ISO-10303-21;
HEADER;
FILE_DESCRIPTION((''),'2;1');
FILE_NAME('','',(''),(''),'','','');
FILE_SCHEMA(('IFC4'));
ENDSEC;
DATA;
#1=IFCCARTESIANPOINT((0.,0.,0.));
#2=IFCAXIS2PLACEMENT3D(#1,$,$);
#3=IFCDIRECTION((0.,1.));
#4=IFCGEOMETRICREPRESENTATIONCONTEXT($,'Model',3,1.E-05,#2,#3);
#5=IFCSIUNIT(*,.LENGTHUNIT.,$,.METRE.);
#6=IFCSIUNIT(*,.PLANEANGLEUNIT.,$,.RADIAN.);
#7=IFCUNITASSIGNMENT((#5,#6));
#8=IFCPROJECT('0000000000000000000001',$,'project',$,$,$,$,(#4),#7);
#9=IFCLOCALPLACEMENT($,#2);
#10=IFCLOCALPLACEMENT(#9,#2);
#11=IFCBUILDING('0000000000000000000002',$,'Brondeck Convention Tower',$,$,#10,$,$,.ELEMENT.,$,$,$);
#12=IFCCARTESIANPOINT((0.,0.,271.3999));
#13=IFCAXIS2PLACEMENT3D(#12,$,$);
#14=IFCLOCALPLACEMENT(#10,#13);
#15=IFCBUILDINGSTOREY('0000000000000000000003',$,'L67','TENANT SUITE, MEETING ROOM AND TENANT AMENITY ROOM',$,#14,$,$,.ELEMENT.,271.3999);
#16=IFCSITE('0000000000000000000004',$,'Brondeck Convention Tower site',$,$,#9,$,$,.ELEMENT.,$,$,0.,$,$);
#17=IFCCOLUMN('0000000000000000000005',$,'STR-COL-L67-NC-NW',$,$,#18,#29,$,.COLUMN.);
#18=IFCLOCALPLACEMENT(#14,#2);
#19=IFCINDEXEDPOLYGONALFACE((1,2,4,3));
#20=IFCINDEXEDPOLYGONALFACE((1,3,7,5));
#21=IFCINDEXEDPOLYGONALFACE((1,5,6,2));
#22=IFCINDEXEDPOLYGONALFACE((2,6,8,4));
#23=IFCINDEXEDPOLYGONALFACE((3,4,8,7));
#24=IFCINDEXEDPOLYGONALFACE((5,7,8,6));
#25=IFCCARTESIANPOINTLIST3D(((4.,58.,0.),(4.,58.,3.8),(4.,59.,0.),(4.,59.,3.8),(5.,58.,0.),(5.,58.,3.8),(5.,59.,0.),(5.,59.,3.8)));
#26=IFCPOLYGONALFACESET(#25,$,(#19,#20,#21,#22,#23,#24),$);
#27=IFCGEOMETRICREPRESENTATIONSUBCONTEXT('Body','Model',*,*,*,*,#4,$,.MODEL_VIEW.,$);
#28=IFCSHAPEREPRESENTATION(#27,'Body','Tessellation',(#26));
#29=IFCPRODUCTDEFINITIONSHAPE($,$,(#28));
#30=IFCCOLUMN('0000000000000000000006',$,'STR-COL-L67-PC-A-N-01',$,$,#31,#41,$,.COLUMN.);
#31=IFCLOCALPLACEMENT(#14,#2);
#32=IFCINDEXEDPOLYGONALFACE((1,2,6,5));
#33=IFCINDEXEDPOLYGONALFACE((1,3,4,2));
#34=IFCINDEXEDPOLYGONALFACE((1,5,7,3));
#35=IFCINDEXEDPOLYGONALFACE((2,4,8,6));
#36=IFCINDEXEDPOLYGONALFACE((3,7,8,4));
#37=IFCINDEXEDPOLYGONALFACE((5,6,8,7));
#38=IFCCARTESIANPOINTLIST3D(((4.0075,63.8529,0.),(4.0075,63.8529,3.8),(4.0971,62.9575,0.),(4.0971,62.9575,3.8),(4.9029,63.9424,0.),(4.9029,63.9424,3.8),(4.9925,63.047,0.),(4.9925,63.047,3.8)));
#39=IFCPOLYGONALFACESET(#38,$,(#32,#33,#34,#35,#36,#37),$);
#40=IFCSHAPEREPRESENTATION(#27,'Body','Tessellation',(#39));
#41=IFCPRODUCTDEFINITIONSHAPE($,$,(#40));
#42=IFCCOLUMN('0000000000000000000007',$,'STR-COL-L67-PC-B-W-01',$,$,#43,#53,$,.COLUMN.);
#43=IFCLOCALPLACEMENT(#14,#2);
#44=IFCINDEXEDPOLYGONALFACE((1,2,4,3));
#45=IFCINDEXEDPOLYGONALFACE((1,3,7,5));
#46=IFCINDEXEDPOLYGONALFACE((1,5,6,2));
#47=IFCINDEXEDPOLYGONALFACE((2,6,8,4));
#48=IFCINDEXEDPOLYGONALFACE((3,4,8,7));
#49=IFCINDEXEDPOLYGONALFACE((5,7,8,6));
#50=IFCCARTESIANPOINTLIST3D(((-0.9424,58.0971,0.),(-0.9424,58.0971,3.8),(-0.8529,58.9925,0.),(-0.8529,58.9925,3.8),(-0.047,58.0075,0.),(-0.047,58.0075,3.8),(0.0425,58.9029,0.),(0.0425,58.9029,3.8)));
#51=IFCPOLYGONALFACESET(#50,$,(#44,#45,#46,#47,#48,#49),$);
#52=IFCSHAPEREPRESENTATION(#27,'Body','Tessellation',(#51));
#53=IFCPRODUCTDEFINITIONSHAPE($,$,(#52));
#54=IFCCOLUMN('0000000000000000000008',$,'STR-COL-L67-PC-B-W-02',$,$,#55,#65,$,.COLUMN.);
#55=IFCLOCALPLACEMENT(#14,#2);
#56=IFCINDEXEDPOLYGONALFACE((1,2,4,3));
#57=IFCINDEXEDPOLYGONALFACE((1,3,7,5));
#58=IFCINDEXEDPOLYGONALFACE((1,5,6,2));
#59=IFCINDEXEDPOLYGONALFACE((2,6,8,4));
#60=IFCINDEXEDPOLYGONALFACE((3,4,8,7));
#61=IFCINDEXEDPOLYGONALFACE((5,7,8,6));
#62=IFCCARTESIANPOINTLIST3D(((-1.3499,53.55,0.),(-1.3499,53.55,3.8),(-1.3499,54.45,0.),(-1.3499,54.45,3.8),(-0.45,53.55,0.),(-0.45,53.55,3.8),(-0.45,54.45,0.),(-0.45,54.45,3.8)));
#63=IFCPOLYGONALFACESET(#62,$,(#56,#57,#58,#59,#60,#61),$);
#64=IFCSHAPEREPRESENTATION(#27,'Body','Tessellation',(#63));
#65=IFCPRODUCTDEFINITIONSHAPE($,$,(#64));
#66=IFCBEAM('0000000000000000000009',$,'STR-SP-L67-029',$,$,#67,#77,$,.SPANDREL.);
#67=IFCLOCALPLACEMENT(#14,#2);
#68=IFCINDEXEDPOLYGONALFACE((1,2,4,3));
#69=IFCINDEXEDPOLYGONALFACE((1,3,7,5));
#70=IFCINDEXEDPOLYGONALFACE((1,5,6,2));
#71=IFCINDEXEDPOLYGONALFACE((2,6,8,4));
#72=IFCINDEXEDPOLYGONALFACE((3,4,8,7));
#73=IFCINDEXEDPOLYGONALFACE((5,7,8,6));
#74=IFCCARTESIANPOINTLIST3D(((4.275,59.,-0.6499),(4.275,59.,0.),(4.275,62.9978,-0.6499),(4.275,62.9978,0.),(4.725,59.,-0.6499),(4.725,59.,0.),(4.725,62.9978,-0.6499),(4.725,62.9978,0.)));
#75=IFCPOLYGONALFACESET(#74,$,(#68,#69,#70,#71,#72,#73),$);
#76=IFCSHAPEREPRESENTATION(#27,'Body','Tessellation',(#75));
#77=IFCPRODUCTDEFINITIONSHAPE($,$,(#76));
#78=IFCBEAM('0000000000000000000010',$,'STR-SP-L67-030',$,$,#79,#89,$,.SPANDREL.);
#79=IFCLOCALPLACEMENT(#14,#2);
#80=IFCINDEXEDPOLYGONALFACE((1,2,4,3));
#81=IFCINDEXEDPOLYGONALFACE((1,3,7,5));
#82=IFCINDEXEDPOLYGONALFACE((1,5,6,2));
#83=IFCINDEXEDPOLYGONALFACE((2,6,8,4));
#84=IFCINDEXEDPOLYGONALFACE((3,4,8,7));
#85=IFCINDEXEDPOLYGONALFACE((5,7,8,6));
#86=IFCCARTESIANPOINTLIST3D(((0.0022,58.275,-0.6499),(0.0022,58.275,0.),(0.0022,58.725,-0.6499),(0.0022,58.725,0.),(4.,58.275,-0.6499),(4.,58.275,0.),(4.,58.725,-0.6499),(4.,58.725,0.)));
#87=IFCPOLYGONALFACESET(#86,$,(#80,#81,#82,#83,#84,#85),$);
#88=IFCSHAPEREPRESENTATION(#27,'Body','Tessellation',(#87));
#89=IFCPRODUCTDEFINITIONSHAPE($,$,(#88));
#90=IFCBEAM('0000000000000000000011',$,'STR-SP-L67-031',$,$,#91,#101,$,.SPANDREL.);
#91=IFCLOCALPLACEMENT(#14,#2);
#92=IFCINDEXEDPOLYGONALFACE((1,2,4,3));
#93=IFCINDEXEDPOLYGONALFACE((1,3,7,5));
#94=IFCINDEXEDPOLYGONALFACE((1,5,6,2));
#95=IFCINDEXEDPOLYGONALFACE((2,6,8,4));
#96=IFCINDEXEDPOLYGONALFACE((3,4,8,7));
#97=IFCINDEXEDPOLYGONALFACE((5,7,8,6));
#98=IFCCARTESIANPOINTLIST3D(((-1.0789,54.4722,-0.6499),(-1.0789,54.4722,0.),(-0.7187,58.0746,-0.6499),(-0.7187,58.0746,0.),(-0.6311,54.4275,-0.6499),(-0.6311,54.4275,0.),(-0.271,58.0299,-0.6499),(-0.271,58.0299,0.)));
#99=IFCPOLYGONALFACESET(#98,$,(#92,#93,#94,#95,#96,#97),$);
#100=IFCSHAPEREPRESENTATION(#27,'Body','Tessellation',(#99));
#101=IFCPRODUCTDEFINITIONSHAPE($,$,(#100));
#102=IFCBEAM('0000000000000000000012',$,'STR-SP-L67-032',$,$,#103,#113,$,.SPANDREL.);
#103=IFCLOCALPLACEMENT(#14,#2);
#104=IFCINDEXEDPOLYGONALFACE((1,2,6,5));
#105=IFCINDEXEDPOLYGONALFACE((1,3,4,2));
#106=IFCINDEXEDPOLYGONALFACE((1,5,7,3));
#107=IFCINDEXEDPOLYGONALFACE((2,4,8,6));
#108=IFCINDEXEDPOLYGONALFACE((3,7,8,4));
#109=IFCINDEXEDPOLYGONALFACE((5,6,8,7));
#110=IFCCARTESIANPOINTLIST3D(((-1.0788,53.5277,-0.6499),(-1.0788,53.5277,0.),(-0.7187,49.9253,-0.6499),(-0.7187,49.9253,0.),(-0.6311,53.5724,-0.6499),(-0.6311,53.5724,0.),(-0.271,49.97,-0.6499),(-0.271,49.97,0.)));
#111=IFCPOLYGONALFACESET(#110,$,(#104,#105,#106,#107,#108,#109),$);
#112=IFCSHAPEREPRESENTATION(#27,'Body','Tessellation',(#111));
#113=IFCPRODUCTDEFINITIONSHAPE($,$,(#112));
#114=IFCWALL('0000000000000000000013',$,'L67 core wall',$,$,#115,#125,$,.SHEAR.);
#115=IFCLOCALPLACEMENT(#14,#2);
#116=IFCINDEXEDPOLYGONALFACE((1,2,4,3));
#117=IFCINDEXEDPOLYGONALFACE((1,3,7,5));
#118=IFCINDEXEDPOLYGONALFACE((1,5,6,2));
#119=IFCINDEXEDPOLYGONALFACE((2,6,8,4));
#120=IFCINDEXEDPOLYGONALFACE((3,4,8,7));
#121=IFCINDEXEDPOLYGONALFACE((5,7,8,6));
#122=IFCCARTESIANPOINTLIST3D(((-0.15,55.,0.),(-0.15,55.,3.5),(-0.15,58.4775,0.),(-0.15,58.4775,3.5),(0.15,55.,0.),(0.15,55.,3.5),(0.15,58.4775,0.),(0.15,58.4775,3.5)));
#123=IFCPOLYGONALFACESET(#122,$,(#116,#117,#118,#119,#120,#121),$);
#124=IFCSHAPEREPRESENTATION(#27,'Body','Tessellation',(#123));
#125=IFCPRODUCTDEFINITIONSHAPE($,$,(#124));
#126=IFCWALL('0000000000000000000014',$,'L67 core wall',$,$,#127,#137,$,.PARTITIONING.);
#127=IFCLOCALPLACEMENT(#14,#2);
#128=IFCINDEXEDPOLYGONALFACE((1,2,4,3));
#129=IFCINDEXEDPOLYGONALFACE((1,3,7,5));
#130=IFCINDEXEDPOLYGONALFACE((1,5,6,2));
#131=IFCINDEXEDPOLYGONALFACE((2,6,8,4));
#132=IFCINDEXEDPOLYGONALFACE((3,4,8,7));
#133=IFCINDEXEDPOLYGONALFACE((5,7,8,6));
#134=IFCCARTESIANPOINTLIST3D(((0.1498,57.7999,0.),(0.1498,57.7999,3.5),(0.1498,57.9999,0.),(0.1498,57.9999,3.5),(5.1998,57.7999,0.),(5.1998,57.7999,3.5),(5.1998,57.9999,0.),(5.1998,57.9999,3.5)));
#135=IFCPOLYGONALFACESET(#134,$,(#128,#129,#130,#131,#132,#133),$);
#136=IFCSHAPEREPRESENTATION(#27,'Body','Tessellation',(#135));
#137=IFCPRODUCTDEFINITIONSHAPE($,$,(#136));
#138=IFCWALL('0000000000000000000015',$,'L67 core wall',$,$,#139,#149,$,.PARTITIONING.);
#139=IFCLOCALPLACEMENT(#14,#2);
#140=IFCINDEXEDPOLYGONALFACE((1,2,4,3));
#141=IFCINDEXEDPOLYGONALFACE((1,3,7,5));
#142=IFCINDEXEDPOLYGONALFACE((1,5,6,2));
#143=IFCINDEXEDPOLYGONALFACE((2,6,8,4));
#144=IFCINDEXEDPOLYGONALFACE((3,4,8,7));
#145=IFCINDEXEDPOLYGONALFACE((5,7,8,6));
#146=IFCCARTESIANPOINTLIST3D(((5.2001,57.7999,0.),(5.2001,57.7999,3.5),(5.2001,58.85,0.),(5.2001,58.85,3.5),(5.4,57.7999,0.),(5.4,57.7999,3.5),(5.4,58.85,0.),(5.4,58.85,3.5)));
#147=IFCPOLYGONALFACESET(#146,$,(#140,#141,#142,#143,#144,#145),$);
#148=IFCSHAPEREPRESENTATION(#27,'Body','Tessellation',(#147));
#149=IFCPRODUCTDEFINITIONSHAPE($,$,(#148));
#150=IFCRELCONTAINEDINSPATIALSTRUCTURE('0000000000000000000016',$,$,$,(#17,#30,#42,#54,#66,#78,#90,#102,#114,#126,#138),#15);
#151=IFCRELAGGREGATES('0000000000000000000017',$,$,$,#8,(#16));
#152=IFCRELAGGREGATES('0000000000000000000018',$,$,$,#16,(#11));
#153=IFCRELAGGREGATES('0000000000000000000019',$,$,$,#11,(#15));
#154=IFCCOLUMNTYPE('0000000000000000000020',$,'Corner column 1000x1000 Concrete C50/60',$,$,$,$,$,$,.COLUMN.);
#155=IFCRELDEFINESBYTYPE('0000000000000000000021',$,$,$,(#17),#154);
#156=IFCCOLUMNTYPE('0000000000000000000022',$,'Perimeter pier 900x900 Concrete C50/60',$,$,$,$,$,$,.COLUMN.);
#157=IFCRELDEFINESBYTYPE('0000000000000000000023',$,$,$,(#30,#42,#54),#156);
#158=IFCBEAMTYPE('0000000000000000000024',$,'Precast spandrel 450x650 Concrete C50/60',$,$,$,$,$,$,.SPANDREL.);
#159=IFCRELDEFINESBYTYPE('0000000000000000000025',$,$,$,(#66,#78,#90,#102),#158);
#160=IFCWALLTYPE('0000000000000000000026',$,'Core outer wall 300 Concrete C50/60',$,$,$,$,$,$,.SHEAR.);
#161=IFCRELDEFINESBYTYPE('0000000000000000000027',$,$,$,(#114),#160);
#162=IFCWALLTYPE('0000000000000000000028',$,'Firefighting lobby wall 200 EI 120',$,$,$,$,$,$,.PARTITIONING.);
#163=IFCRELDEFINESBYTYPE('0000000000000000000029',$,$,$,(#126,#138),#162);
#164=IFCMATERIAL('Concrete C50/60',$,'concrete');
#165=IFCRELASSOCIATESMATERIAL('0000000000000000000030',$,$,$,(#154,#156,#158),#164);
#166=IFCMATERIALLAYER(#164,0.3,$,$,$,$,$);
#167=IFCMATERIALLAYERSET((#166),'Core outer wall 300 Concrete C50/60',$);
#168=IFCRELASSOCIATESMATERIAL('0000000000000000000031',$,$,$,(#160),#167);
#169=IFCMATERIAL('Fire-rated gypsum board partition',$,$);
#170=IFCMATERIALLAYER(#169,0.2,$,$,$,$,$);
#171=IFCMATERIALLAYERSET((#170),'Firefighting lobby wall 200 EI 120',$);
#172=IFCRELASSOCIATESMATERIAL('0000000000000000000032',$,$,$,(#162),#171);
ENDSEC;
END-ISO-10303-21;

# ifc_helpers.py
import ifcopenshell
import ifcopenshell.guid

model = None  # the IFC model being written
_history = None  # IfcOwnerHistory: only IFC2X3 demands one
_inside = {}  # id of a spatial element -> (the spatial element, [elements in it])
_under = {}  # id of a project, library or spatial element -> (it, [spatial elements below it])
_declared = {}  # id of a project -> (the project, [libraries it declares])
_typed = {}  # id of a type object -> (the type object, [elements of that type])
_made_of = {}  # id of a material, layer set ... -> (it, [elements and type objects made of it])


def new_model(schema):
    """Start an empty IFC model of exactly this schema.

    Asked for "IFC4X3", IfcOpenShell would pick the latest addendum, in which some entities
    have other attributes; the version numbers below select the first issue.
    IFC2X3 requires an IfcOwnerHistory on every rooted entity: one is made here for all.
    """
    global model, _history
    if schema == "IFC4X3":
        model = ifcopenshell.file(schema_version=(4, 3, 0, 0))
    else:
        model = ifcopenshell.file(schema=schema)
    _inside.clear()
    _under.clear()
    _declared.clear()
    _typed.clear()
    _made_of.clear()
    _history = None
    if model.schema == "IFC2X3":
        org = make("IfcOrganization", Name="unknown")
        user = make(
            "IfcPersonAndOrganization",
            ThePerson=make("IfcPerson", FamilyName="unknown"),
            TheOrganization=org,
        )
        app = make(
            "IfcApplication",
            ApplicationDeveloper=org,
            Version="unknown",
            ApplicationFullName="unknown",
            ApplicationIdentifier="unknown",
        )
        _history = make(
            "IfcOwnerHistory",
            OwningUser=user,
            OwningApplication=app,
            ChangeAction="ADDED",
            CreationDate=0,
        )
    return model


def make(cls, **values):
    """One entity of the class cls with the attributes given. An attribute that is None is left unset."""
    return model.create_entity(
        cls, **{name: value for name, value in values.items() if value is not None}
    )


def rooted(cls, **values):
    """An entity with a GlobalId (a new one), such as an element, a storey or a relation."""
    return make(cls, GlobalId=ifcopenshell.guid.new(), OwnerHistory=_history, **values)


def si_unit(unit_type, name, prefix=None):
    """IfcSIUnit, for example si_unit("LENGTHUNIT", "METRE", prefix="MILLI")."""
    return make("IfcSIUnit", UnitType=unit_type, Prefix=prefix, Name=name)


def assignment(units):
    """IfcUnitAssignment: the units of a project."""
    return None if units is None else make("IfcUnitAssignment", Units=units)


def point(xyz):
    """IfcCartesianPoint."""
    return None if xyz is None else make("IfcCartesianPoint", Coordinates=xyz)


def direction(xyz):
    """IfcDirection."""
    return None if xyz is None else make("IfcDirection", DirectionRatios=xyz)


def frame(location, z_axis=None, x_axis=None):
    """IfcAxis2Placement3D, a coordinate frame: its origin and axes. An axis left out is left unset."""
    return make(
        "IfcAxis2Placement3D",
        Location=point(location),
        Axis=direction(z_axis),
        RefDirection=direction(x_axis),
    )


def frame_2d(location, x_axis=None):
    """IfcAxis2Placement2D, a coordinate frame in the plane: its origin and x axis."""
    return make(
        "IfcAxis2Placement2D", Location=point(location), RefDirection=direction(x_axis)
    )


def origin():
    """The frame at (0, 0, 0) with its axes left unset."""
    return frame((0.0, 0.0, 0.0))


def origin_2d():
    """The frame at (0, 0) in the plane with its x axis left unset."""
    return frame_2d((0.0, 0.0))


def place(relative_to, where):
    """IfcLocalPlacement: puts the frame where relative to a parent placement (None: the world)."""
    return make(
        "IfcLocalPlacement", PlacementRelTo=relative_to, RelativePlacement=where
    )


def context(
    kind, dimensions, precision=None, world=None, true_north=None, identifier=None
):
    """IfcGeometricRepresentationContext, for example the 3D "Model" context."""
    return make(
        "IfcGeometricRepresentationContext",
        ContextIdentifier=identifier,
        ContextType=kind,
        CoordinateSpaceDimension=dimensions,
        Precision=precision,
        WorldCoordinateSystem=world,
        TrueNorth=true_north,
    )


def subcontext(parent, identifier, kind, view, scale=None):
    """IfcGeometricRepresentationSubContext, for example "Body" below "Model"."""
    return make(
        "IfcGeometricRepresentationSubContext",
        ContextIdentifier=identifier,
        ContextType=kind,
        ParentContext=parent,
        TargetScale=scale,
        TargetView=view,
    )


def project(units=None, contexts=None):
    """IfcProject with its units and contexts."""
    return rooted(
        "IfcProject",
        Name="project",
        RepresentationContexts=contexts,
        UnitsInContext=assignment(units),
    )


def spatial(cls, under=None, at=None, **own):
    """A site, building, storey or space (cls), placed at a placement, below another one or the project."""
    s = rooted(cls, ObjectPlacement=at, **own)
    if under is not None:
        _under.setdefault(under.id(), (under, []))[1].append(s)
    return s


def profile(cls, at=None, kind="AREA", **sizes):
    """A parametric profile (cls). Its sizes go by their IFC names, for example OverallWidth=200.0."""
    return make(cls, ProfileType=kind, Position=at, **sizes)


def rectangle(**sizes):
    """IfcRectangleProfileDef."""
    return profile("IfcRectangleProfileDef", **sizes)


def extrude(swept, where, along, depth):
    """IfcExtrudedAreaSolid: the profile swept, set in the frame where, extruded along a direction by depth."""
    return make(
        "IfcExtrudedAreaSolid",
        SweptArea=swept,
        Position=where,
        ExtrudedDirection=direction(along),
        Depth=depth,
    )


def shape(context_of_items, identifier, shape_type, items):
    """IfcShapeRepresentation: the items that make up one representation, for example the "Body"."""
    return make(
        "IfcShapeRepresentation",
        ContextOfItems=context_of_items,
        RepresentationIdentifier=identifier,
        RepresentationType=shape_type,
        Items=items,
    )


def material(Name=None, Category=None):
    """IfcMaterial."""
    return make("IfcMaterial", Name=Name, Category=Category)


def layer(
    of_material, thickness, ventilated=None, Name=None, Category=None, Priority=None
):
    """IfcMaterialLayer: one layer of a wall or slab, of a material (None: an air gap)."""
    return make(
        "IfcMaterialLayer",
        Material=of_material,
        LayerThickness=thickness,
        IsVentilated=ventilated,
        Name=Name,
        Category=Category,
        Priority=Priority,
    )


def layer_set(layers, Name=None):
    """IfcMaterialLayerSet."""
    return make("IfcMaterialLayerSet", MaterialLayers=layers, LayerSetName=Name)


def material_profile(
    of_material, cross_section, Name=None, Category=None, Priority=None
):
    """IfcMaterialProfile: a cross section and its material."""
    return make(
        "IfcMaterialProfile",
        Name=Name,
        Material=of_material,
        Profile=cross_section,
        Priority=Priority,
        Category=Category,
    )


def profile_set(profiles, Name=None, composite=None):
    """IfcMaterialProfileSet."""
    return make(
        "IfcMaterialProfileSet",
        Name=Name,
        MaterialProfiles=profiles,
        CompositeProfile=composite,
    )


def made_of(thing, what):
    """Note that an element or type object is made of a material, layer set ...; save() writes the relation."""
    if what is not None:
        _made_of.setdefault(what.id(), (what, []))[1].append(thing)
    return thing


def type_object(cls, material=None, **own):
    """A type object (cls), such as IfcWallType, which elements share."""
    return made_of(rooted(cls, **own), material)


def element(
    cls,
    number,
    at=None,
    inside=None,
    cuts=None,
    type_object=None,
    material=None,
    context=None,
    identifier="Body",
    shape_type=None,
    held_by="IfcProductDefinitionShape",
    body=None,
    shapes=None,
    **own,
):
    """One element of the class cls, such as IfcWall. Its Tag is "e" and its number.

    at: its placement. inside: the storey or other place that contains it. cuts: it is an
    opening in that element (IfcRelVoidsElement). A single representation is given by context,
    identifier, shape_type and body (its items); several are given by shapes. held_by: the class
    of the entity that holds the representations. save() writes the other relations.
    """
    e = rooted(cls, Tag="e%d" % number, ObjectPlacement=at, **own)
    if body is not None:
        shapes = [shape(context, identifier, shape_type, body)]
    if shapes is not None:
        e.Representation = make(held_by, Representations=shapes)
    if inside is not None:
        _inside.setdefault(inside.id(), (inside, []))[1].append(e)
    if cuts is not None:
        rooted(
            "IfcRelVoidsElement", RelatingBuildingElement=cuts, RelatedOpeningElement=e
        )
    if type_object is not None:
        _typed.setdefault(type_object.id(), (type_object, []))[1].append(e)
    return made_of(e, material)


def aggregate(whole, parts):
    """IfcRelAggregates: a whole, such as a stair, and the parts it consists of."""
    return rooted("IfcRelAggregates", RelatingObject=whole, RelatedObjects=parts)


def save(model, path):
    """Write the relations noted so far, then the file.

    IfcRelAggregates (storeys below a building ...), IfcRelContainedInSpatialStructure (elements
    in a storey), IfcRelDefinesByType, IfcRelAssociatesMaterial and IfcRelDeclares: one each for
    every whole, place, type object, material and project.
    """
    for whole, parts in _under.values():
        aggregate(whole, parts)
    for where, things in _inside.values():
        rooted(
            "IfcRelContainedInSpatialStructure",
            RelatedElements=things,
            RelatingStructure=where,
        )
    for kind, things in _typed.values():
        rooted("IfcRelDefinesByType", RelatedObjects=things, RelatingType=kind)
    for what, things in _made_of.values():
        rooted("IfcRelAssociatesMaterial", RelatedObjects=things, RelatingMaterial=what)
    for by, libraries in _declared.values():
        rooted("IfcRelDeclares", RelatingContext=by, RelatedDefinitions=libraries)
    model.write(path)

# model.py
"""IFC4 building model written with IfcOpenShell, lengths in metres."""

from ifc_helpers import new_model, si_unit, direction, frame, frame_2d, origin, origin_2d, place, context, subcontext, project, spatial, rectangle, extrude, material, layer, layer_set, material_profile, profile_set, type_object, element, save


model = new_model("IFC4")

# Units and contexts
model_context = context("Model", 3, precision=1e-05, world=origin(), true_north=direction((0.0, 1.0)))
body_context = subcontext(model_context, "Body", "Model", "MODEL_VIEW")
ifc_project = project(units=[si_unit("LENGTHUNIT", "METRE"), si_unit("PLANEANGLEUNIT", "RADIAN")], contexts=[model_context])

# Site, building, storey
site_placement = place(None, origin())
site = spatial("IfcSite", under=ifc_project, at=site_placement, Name="Brondeck Convention Tower site", CompositionType="ELEMENT", RefElevation=0.0)
building_placement = place(site_placement, origin())
building = spatial("IfcBuilding", under=site, at=building_placement, Name="Brondeck Convention Tower", CompositionType="ELEMENT")
storey_placement = place(building_placement, frame((0.0, 0.0, 271.3999)))
storey = spatial("IfcBuildingStorey", under=building, at=storey_placement, Name="L67", Description="TENANT SUITE, MEETING ROOM AND TENANT AMENITY ROOM", CompositionType="ELEMENT", Elevation=271.3999)

# Columns
ifc_material_1 = material(Name="Concrete C50/60", Category="concrete")
ifc_material_profile_1 = material_profile(ifc_material_1, rectangle(XDim=1.0, YDim=1.0, at=origin_2d()), Name="Corner column 1000x1000 Concrete C50/60")
ifc_profile_set_1 = profile_set([ifc_material_profile_1], Name="Concrete C50/60")
column_type_1 = type_object("IfcColumnType", Name="Corner column 1000x1000 Concrete C50/60", PredefinedType="COLUMN", material=ifc_profile_set_1)
column_placement = place(storey_placement, frame((4.5, 58.5, 0.0), z_axis=(0.0, 0.0, 1.0), x_axis=(1.0, 0.0, 0.0)))
element("IfcColumn", 1, at=column_placement, inside=storey, type_object=column_type_1, Name="STR-COL-L67-NC-NW", PredefinedType="COLUMN", context=body_context, shape_type="SweptSolid", body=[
    extrude(rectangle(XDim=1.0, YDim=1.0, at=origin_2d()), origin(), (0.0, 0.0, 1.0), 3.8),
])
ifc_material_profile_2 = material_profile(ifc_material_1, rectangle(XDim=0.8999, YDim=0.8999, at=origin_2d()), Name="Perimeter pier 900x900 Concrete C50/60")
ifc_profile_set_2 = profile_set([ifc_material_profile_2], Name="Concrete C50/60")
column_type_2 = type_object("IfcColumnType", Name="Perimeter pier 900x900 Concrete C50/60", PredefinedType="COLUMN", material=ifc_profile_set_2)
for number, where, z_axis, x_axis, name in (
    (2, (4.5, 63.45, 0.0), (0.0, 0.0, 1.0), (-0.995037, -0.099504, 0.0), "STR-COL-L67-PC-A-N-01"),
    (3, (-0.45, 58.5, 0.0), (0.0, 0.0, 1.0), (-0.099504, -0.995037, 0.0), "STR-COL-L67-PC-B-W-01"),
    (4, (-0.8999, 54.0, 0.0), (0.0, 0.0, 1.0), (0.0, -1.0, 0.0), "STR-COL-L67-PC-B-W-02"),
):
    element("IfcColumn", number, at=place(storey_placement, frame(where, z_axis=z_axis, x_axis=x_axis)), inside=storey, type_object=column_type_2, Name=name, PredefinedType="COLUMN", context=body_context, shape_type="SweptSolid", body=[
        extrude(rectangle(XDim=0.8999, YDim=0.8999, at=origin_2d()), origin(), (0.0, 0.0, 1.0), 3.8),
    ])

# Beams
ifc_material_profile_3 = material_profile(ifc_material_1, rectangle(XDim=0.45, YDim=0.6499, at=origin_2d()), Name="Precast spandrel 450x650 Concrete C50/60")
ifc_profile_set_3 = profile_set([ifc_material_profile_3], Name="Concrete C50/60")
beam_type = type_object("IfcBeamType", Name="Precast spandrel 450x650 Concrete C50/60", PredefinedType="SPANDREL", material=ifc_profile_set_3)
for number, where, z_axis, x_axis, name in (
    (5, (4.5, 62.9978, -0.325), (0.0, -1.0, 0.0), (1.0, 0.0, 0.0), "STR-SP-L67-029"),
    (6, (4.0, 58.5, -0.325), (-1.0, 0.0, 0.0), (0.0, -1.0, 0.0), "STR-SP-L67-030"),
):
    element("IfcBeam", number, at=place(storey_placement, frame(where, z_axis=z_axis, x_axis=x_axis)), inside=storey, type_object=beam_type, Name=name, PredefinedType="SPANDREL", context=body_context, shape_type="SweptSolid", body=[
        extrude(rectangle(XDim=0.45, YDim=0.6499, at=origin_2d()), origin(), (0.0, 0.0, 1.0), 3.9978),
    ])
for number, where, z_axis, x_axis, name in (
    (7, (-0.4949, 58.0522, -0.325), (-0.09947, -0.995041, 0.0), (0.995041, -0.09947, 0.0), "STR-SP-L67-031"),
    (8, (-0.855, 53.55, -0.325), (0.09947, -0.995041, 0.0), (0.995041, 0.09947, 0.0), "STR-SP-L67-032"),
):
    element("IfcBeam", number, at=place(storey_placement, frame(where, z_axis=z_axis, x_axis=x_axis)), inside=storey, type_object=beam_type, Name=name, PredefinedType="SPANDREL", context=body_context, shape_type="SweptSolid", body=[
        extrude(rectangle(XDim=0.45, YDim=0.6499, at=origin_2d()), origin(), (0.0, 0.0, 1.0), 3.6204),
    ])

# Walls
ifc_layer_1 = layer(ifc_material_1, 0.3)
ifc_layer_set_1 = layer_set([ifc_layer_1], Name="Core outer wall 300 Concrete C50/60")
wall_type_1 = type_object("IfcWallType", Name="Core outer wall 300 Concrete C50/60", PredefinedType="SHEAR", material=ifc_layer_set_1)
wall_1_placement = place(storey_placement, frame((0.0, 55.0, 0.0), z_axis=(0.0, 0.0, 1.0), x_axis=(0.0, 1.0, 0.0)))
element("IfcWall", 9, at=wall_1_placement, inside=storey, type_object=wall_type_1, Name="L67 core wall", PredefinedType="SHEAR", context=body_context, shape_type="SweptSolid", body=[
    extrude(rectangle(XDim=3.4775, YDim=0.3, at=frame_2d((1.7388, 0.0))), origin(), (0.0, 0.0, 1.0), 3.5),
])
ifc_material_2 = material(Name="Fire-rated gypsum board partition")
ifc_layer_2 = layer(ifc_material_2, 0.2)
ifc_layer_set_2 = layer_set([ifc_layer_2], Name="Firefighting lobby wall 200 EI 120")
wall_type_2 = type_object("IfcWallType", Name="Firefighting lobby wall 200 EI 120", PredefinedType="PARTITIONING", material=ifc_layer_set_2)
wall_2_placement = place(storey_placement, frame((0.1499, 57.8999, 0.0), z_axis=(0.0, 0.0, 1.0), x_axis=(1.0, 0.0, 0.0)))
element("IfcWall", 10, at=wall_2_placement, inside=storey, type_object=wall_type_2, Name="L67 core wall", PredefinedType="PARTITIONING", context=body_context, shape_type="SweptSolid", body=[
    extrude(rectangle(XDim=5.05, YDim=0.2, at=frame_2d((2.5249, 0.0))), origin(), (0.0, 0.0, 1.0), 3.5),
])
wall_3_placement = place(storey_placement, frame((5.3, 57.8, 0.0), z_axis=(0.0, 0.0, 1.0), x_axis=(0.0, 1.0, 0.0)))
element("IfcWall", 11, at=wall_3_placement, inside=storey, type_object=wall_type_2, Name="L67 core wall", PredefinedType="PARTITIONING", context=body_context, shape_type="SweptSolid", body=[
    extrude(rectangle(XDim=1.05, YDim=0.2, at=frame_2d((0.5249, 0.0))), origin(), (0.0, 0.0, 1.0), 3.5),
])

save(model, "model.ifc")
